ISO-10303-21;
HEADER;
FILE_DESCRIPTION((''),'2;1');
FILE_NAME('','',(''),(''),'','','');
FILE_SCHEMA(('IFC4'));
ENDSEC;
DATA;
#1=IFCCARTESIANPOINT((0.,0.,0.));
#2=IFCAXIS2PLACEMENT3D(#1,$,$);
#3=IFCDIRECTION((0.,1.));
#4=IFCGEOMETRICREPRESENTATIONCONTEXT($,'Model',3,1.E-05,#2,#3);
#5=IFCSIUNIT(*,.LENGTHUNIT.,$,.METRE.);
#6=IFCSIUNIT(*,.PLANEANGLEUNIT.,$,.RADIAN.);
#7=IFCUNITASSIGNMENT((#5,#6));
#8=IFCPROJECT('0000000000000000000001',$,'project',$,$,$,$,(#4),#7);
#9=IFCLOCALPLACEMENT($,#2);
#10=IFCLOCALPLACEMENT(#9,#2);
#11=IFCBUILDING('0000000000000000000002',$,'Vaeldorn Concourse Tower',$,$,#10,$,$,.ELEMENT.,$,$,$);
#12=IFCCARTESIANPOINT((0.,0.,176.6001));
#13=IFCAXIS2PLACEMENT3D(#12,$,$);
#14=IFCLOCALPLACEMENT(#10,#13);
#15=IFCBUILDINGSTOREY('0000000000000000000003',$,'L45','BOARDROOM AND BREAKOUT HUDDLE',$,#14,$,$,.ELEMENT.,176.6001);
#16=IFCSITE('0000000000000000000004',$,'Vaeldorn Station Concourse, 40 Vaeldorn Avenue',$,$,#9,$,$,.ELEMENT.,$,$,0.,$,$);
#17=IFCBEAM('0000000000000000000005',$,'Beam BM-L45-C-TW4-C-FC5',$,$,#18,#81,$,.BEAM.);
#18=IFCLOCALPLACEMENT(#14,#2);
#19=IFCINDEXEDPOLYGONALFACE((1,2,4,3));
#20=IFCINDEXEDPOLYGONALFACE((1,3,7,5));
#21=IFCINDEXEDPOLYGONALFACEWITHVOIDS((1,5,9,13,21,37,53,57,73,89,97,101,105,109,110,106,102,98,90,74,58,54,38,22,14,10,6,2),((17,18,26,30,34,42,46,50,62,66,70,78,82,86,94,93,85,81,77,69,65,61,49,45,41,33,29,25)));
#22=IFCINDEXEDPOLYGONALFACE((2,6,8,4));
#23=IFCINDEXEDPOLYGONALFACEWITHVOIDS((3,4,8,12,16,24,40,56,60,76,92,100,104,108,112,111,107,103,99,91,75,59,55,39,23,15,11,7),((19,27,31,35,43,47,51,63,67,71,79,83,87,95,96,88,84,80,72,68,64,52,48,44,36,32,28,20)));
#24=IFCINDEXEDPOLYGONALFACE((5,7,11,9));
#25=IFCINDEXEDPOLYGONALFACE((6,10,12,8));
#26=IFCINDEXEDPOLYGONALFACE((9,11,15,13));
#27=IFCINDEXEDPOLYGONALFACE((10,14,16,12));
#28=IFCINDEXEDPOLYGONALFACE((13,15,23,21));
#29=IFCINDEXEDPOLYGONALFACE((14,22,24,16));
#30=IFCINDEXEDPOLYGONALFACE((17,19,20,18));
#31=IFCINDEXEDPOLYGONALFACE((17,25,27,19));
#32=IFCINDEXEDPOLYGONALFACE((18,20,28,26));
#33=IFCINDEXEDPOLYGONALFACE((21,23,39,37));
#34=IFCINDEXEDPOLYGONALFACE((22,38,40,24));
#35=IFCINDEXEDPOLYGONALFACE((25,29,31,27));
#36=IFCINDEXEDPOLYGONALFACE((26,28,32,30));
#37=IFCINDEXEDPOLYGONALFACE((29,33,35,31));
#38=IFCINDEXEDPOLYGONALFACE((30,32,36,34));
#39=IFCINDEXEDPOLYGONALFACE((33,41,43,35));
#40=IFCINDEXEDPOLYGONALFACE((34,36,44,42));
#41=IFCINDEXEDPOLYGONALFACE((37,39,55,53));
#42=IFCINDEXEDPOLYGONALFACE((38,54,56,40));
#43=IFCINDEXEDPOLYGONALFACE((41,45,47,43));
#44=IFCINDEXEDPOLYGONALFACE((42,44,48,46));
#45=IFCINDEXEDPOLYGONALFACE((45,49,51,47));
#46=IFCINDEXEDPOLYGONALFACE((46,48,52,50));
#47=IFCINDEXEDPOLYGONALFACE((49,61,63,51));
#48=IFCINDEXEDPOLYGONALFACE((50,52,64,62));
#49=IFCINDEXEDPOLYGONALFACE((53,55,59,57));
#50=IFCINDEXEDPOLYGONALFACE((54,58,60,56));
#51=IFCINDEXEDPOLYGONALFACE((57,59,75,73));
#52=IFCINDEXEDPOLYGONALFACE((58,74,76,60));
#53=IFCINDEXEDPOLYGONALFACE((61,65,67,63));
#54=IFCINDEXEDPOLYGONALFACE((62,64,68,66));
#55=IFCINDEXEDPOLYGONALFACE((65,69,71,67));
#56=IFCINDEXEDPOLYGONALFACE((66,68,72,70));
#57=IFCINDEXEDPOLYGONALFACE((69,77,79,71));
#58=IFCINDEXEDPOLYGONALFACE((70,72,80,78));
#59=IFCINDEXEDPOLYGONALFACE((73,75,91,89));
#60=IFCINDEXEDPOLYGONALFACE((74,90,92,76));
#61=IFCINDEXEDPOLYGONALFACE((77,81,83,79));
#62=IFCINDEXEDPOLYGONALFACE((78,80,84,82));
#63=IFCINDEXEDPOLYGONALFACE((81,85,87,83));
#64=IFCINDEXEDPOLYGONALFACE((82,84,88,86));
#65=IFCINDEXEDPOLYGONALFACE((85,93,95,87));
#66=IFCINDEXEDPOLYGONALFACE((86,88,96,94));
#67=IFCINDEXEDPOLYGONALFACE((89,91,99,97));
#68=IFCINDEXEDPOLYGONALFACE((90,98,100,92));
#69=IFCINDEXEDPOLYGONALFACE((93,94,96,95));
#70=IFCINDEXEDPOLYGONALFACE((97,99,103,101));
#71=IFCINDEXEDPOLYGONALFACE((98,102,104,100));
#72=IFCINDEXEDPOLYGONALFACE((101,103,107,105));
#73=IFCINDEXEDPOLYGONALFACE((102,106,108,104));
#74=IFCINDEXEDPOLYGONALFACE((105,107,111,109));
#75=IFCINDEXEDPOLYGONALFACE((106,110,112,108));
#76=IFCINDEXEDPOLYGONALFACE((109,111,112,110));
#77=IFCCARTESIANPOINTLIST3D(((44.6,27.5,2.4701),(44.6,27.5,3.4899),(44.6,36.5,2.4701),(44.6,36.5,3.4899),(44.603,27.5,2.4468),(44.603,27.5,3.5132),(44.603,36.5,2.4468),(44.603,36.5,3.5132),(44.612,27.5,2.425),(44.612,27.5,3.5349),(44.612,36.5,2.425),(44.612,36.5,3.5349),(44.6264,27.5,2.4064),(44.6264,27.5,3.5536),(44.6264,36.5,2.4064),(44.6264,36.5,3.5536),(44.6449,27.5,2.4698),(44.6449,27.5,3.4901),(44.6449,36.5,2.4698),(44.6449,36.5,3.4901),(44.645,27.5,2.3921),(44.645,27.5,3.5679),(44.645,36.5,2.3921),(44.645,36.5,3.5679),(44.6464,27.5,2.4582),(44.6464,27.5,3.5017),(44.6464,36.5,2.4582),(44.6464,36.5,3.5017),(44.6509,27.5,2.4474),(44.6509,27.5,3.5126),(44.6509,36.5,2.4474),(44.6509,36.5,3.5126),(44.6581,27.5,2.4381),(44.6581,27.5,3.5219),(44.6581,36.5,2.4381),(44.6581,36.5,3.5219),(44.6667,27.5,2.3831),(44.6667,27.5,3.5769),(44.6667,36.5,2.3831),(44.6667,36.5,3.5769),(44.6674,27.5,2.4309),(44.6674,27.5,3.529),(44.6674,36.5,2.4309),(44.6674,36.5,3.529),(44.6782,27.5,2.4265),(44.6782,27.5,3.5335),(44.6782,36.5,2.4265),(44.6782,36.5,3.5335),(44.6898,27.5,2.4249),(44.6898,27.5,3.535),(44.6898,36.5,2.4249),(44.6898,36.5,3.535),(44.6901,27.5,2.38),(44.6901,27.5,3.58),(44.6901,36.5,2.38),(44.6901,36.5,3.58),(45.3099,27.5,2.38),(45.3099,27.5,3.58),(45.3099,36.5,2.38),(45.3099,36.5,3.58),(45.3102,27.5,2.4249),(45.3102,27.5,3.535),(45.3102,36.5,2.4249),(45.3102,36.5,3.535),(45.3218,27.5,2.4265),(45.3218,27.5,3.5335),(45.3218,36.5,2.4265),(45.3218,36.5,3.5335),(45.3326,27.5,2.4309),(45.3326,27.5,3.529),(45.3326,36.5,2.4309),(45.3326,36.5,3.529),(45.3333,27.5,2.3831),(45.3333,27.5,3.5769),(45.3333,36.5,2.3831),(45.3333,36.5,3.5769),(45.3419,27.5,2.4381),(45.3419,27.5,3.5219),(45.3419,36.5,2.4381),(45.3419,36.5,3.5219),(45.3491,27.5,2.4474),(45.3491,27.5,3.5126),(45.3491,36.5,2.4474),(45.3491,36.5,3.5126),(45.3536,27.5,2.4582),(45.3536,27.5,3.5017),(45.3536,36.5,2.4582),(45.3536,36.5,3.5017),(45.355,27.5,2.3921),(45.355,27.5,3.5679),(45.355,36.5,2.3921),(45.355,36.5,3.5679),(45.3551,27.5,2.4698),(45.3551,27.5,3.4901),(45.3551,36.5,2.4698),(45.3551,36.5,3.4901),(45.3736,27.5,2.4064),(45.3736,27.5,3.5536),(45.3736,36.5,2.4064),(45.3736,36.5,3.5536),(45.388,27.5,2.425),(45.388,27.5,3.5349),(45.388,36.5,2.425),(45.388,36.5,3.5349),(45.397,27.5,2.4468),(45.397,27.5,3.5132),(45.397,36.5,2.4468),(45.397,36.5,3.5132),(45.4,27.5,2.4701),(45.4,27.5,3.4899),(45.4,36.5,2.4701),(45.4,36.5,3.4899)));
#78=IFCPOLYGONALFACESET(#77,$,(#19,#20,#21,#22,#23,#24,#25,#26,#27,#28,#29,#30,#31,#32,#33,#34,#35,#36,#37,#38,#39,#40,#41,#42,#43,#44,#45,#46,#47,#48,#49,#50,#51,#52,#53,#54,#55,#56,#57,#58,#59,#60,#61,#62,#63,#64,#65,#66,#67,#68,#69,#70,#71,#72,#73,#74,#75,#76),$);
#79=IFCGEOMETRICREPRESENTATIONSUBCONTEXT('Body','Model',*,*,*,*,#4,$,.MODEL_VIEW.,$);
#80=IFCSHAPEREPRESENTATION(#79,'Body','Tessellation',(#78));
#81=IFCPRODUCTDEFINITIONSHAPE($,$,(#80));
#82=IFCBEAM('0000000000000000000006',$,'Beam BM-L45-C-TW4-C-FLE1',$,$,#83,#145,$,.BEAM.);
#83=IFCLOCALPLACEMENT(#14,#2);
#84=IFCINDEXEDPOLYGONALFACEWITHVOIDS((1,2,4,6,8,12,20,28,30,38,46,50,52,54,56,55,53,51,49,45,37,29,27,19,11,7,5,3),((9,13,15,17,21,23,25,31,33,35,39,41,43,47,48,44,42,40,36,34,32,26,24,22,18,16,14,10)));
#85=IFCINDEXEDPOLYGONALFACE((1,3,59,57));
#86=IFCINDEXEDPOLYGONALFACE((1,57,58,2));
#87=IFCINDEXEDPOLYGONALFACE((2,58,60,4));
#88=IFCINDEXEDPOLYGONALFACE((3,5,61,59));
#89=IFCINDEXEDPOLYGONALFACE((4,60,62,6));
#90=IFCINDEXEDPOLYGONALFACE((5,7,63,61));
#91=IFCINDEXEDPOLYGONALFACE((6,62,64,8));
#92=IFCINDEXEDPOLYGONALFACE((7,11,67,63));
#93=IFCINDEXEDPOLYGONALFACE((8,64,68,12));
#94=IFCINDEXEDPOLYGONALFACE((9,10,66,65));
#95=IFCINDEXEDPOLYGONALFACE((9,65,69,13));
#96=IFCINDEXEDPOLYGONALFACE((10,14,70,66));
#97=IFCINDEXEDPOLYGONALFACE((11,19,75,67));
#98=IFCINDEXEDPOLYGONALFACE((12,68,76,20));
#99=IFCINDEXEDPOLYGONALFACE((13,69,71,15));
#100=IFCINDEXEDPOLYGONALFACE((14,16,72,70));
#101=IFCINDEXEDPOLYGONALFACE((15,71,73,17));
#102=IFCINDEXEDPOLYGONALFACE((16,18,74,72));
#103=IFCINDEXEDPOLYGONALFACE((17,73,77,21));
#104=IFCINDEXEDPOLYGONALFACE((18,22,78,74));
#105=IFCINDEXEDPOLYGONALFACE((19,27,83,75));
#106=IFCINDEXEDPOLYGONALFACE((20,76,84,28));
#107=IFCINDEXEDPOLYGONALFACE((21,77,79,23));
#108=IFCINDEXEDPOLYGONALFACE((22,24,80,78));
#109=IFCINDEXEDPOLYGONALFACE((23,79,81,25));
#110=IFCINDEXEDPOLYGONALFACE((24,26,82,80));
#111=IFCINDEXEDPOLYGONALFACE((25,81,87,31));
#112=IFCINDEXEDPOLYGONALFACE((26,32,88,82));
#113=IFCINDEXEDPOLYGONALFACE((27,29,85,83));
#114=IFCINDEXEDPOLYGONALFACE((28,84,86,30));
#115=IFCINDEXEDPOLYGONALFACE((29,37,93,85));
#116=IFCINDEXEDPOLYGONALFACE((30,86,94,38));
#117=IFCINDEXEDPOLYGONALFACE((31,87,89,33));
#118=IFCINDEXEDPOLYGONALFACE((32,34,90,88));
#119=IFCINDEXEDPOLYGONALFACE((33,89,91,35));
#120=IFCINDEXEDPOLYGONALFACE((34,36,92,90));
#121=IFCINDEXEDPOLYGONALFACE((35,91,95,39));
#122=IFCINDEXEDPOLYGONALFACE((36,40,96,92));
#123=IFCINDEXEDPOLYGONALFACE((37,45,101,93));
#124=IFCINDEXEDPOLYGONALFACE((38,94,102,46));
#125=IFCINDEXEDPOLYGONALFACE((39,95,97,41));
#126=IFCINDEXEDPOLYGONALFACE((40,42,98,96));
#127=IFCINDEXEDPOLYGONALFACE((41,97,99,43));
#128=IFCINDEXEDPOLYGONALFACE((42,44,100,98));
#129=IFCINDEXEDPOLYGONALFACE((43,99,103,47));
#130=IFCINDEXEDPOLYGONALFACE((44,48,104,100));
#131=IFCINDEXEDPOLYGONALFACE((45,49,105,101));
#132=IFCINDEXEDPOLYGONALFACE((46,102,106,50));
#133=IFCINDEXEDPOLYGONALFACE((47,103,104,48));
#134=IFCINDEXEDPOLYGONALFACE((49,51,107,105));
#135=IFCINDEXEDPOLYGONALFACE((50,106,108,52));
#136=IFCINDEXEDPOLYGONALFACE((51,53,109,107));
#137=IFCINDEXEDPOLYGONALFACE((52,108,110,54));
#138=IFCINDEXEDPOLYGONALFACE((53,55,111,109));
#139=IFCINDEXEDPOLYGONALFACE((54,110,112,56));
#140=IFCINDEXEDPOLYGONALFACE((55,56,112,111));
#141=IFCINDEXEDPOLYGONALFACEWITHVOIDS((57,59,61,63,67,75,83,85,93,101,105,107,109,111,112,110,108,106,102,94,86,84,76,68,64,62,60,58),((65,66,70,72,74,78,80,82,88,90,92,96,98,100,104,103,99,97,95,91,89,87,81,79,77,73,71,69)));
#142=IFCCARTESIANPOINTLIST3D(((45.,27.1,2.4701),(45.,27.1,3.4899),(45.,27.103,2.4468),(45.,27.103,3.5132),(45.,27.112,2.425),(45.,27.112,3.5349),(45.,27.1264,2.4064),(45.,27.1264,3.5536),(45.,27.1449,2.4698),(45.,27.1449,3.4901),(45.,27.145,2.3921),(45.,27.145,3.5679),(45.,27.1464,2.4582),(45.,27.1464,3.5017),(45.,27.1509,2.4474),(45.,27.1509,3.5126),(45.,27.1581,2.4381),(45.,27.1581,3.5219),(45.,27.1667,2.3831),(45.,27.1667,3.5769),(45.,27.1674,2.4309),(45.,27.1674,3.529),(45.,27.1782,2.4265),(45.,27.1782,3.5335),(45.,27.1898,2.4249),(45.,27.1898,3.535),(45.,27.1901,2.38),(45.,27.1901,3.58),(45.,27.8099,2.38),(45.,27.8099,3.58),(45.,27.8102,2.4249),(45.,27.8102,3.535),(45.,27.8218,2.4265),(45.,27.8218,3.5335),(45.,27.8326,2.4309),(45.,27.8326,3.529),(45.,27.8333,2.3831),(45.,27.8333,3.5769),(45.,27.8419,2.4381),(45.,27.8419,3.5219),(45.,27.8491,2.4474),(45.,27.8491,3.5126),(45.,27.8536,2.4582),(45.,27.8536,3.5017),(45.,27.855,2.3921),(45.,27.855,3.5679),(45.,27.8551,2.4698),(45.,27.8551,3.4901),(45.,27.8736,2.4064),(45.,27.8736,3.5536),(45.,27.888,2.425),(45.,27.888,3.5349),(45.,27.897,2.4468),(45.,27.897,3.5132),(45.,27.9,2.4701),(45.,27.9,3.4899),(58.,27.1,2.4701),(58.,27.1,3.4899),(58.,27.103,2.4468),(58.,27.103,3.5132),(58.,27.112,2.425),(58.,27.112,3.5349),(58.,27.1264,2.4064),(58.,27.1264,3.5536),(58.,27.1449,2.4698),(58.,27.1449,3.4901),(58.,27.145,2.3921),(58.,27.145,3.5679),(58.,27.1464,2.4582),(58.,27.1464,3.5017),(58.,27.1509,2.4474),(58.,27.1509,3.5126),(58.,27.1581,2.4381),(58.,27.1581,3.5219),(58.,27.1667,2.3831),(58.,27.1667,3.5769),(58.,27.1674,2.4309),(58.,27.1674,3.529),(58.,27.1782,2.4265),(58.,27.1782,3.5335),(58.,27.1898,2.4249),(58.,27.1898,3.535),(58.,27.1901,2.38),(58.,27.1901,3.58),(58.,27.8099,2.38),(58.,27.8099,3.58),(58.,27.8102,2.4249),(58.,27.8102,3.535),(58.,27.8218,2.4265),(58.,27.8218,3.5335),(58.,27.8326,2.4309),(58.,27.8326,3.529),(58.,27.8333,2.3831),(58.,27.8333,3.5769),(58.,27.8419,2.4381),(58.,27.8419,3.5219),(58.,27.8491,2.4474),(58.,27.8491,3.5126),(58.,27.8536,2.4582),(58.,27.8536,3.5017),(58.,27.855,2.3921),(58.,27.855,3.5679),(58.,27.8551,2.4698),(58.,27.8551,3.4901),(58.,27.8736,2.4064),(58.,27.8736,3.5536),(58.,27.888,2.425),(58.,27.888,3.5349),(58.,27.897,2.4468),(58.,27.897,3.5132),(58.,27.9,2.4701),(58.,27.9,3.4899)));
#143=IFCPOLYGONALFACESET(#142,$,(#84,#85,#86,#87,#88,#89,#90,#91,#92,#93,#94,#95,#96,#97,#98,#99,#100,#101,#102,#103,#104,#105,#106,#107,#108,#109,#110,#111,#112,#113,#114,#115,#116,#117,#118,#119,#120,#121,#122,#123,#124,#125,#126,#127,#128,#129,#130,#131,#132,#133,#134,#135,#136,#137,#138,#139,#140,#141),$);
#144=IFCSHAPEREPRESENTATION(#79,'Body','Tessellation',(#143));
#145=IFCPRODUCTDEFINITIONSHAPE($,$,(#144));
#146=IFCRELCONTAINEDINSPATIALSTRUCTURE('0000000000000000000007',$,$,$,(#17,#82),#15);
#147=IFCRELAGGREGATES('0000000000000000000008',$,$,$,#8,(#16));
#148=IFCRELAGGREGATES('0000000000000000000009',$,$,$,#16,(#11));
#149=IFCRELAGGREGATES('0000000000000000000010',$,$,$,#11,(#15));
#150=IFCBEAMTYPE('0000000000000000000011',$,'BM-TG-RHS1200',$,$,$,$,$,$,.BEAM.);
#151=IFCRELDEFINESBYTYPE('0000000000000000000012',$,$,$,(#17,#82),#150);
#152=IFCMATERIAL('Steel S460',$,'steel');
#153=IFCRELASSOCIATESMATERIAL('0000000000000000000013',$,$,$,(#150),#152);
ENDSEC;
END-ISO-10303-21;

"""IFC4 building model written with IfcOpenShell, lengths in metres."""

from ifc_helpers import new_model, si_unit, direction, frame, origin, origin_2d, place, context, subcontext, project, spatial, hollow_rectangle, extrude, source, transform, mapped, material, material_profile, profile_set, type_object, element, save


model = new_model("IFC4")

# Units and contexts
model_context = context("Model", 3, precision=1e-05, world=origin(), true_north=direction((0.0, 1.0)))
body_context = subcontext(model_context, "Body", "Model", "MODEL_VIEW")
ifc_project = project(units=[si_unit("LENGTHUNIT", "METRE"), si_unit("PLANEANGLEUNIT", "RADIAN")], contexts=[model_context])

# Site, building, storey
site_placement = place(None, origin())
site = spatial("IfcSite", under=ifc_project, at=site_placement, Name="Vaeldorn Station Concourse, 40 Vaeldorn Avenue", CompositionType="ELEMENT", RefElevation=0.0)
building_placement = place(site_placement, origin())
building = spatial("IfcBuilding", under=site, at=building_placement, Name="Vaeldorn Concourse Tower", CompositionType="ELEMENT")
storey_placement = place(building_placement, frame((0.0, 0.0, 176.6001)))
storey = spatial("IfcBuildingStorey", under=building, at=storey_placement, Name="L45", Description="BOARDROOM AND BREAKOUT HUDDLE", CompositionType="ELEMENT", Elevation=176.6001)

# Shared definitions
ifc_material_1 = material(Name="Steel S460", Category="steel")

# Beams
ifc_material_profile_1 = material_profile(ifc_material_1, hollow_rectangle(XDim=0.8, YDim=1.2, WallThickness=0.0449, InnerFilletRadius=0.0449, OuterFilletRadius=0.0901, at=origin_2d()), Name="RHS 1200x800x45")
ifc_profile_set_1 = profile_set([ifc_material_profile_1], Name="Steel S460")
beam_type_1 = type_object("IfcBeamType", Name="BM-TG-RHS1200", PredefinedType="BEAM", material=ifc_profile_set_1)
shared_shape_1 = source(origin(), body_context, "Body", "SweptSolid", [
    extrude(hollow_rectangle(XDim=0.8, YDim=1.2, WallThickness=0.0449, InnerFilletRadius=0.0449, OuterFilletRadius=0.0901, at=origin_2d()), origin(), (0.0, 0.0, 1.0), 9.0),
])
for number, where, z_axis, x_axis, name in (
    (1, (45.0, 27.5, 2.98), (0.0, 1.0, 0.0), (-1.0, 0.0, 0.0), "Beam BM-L45-C-TW4-C-FC5"),
):
    element("IfcBeam", number, at=place(storey_placement, frame(where, z_axis=z_axis, x_axis=x_axis)), inside=storey, type_object=beam_type_1, Name=name, PredefinedType="BEAM", context=body_context, shape_type="MappedRepresentation", body=[
        mapped(shared_shape_1, transform((0.0, 0.0, 0.0), scale=1.0)),
    ])
shared_shape_2 = source(origin(), body_context, "Body", "SweptSolid", [
    extrude(hollow_rectangle(XDim=0.8, YDim=1.2, WallThickness=0.0449, InnerFilletRadius=0.0449, OuterFilletRadius=0.0901, at=origin_2d()), origin(), (0.0, 0.0, 1.0), 13.0),
])
beam_1_placement = place(storey_placement, frame((45.0, 27.5, 2.98), z_axis=(1.0, 0.0, 0.0), x_axis=(0.0, 1.0, 0.0)))
element("IfcBeam", 2, at=beam_1_placement, inside=storey, type_object=beam_type_1, Name="Beam BM-L45-C-TW4-C-FLE1", PredefinedType="BEAM", context=body_context, shape_type="MappedRepresentation", body=[
    mapped(shared_shape_2, transform((0.0, 0.0, 0.0), scale=1.0)),
])

save(model, "model.ifc")
